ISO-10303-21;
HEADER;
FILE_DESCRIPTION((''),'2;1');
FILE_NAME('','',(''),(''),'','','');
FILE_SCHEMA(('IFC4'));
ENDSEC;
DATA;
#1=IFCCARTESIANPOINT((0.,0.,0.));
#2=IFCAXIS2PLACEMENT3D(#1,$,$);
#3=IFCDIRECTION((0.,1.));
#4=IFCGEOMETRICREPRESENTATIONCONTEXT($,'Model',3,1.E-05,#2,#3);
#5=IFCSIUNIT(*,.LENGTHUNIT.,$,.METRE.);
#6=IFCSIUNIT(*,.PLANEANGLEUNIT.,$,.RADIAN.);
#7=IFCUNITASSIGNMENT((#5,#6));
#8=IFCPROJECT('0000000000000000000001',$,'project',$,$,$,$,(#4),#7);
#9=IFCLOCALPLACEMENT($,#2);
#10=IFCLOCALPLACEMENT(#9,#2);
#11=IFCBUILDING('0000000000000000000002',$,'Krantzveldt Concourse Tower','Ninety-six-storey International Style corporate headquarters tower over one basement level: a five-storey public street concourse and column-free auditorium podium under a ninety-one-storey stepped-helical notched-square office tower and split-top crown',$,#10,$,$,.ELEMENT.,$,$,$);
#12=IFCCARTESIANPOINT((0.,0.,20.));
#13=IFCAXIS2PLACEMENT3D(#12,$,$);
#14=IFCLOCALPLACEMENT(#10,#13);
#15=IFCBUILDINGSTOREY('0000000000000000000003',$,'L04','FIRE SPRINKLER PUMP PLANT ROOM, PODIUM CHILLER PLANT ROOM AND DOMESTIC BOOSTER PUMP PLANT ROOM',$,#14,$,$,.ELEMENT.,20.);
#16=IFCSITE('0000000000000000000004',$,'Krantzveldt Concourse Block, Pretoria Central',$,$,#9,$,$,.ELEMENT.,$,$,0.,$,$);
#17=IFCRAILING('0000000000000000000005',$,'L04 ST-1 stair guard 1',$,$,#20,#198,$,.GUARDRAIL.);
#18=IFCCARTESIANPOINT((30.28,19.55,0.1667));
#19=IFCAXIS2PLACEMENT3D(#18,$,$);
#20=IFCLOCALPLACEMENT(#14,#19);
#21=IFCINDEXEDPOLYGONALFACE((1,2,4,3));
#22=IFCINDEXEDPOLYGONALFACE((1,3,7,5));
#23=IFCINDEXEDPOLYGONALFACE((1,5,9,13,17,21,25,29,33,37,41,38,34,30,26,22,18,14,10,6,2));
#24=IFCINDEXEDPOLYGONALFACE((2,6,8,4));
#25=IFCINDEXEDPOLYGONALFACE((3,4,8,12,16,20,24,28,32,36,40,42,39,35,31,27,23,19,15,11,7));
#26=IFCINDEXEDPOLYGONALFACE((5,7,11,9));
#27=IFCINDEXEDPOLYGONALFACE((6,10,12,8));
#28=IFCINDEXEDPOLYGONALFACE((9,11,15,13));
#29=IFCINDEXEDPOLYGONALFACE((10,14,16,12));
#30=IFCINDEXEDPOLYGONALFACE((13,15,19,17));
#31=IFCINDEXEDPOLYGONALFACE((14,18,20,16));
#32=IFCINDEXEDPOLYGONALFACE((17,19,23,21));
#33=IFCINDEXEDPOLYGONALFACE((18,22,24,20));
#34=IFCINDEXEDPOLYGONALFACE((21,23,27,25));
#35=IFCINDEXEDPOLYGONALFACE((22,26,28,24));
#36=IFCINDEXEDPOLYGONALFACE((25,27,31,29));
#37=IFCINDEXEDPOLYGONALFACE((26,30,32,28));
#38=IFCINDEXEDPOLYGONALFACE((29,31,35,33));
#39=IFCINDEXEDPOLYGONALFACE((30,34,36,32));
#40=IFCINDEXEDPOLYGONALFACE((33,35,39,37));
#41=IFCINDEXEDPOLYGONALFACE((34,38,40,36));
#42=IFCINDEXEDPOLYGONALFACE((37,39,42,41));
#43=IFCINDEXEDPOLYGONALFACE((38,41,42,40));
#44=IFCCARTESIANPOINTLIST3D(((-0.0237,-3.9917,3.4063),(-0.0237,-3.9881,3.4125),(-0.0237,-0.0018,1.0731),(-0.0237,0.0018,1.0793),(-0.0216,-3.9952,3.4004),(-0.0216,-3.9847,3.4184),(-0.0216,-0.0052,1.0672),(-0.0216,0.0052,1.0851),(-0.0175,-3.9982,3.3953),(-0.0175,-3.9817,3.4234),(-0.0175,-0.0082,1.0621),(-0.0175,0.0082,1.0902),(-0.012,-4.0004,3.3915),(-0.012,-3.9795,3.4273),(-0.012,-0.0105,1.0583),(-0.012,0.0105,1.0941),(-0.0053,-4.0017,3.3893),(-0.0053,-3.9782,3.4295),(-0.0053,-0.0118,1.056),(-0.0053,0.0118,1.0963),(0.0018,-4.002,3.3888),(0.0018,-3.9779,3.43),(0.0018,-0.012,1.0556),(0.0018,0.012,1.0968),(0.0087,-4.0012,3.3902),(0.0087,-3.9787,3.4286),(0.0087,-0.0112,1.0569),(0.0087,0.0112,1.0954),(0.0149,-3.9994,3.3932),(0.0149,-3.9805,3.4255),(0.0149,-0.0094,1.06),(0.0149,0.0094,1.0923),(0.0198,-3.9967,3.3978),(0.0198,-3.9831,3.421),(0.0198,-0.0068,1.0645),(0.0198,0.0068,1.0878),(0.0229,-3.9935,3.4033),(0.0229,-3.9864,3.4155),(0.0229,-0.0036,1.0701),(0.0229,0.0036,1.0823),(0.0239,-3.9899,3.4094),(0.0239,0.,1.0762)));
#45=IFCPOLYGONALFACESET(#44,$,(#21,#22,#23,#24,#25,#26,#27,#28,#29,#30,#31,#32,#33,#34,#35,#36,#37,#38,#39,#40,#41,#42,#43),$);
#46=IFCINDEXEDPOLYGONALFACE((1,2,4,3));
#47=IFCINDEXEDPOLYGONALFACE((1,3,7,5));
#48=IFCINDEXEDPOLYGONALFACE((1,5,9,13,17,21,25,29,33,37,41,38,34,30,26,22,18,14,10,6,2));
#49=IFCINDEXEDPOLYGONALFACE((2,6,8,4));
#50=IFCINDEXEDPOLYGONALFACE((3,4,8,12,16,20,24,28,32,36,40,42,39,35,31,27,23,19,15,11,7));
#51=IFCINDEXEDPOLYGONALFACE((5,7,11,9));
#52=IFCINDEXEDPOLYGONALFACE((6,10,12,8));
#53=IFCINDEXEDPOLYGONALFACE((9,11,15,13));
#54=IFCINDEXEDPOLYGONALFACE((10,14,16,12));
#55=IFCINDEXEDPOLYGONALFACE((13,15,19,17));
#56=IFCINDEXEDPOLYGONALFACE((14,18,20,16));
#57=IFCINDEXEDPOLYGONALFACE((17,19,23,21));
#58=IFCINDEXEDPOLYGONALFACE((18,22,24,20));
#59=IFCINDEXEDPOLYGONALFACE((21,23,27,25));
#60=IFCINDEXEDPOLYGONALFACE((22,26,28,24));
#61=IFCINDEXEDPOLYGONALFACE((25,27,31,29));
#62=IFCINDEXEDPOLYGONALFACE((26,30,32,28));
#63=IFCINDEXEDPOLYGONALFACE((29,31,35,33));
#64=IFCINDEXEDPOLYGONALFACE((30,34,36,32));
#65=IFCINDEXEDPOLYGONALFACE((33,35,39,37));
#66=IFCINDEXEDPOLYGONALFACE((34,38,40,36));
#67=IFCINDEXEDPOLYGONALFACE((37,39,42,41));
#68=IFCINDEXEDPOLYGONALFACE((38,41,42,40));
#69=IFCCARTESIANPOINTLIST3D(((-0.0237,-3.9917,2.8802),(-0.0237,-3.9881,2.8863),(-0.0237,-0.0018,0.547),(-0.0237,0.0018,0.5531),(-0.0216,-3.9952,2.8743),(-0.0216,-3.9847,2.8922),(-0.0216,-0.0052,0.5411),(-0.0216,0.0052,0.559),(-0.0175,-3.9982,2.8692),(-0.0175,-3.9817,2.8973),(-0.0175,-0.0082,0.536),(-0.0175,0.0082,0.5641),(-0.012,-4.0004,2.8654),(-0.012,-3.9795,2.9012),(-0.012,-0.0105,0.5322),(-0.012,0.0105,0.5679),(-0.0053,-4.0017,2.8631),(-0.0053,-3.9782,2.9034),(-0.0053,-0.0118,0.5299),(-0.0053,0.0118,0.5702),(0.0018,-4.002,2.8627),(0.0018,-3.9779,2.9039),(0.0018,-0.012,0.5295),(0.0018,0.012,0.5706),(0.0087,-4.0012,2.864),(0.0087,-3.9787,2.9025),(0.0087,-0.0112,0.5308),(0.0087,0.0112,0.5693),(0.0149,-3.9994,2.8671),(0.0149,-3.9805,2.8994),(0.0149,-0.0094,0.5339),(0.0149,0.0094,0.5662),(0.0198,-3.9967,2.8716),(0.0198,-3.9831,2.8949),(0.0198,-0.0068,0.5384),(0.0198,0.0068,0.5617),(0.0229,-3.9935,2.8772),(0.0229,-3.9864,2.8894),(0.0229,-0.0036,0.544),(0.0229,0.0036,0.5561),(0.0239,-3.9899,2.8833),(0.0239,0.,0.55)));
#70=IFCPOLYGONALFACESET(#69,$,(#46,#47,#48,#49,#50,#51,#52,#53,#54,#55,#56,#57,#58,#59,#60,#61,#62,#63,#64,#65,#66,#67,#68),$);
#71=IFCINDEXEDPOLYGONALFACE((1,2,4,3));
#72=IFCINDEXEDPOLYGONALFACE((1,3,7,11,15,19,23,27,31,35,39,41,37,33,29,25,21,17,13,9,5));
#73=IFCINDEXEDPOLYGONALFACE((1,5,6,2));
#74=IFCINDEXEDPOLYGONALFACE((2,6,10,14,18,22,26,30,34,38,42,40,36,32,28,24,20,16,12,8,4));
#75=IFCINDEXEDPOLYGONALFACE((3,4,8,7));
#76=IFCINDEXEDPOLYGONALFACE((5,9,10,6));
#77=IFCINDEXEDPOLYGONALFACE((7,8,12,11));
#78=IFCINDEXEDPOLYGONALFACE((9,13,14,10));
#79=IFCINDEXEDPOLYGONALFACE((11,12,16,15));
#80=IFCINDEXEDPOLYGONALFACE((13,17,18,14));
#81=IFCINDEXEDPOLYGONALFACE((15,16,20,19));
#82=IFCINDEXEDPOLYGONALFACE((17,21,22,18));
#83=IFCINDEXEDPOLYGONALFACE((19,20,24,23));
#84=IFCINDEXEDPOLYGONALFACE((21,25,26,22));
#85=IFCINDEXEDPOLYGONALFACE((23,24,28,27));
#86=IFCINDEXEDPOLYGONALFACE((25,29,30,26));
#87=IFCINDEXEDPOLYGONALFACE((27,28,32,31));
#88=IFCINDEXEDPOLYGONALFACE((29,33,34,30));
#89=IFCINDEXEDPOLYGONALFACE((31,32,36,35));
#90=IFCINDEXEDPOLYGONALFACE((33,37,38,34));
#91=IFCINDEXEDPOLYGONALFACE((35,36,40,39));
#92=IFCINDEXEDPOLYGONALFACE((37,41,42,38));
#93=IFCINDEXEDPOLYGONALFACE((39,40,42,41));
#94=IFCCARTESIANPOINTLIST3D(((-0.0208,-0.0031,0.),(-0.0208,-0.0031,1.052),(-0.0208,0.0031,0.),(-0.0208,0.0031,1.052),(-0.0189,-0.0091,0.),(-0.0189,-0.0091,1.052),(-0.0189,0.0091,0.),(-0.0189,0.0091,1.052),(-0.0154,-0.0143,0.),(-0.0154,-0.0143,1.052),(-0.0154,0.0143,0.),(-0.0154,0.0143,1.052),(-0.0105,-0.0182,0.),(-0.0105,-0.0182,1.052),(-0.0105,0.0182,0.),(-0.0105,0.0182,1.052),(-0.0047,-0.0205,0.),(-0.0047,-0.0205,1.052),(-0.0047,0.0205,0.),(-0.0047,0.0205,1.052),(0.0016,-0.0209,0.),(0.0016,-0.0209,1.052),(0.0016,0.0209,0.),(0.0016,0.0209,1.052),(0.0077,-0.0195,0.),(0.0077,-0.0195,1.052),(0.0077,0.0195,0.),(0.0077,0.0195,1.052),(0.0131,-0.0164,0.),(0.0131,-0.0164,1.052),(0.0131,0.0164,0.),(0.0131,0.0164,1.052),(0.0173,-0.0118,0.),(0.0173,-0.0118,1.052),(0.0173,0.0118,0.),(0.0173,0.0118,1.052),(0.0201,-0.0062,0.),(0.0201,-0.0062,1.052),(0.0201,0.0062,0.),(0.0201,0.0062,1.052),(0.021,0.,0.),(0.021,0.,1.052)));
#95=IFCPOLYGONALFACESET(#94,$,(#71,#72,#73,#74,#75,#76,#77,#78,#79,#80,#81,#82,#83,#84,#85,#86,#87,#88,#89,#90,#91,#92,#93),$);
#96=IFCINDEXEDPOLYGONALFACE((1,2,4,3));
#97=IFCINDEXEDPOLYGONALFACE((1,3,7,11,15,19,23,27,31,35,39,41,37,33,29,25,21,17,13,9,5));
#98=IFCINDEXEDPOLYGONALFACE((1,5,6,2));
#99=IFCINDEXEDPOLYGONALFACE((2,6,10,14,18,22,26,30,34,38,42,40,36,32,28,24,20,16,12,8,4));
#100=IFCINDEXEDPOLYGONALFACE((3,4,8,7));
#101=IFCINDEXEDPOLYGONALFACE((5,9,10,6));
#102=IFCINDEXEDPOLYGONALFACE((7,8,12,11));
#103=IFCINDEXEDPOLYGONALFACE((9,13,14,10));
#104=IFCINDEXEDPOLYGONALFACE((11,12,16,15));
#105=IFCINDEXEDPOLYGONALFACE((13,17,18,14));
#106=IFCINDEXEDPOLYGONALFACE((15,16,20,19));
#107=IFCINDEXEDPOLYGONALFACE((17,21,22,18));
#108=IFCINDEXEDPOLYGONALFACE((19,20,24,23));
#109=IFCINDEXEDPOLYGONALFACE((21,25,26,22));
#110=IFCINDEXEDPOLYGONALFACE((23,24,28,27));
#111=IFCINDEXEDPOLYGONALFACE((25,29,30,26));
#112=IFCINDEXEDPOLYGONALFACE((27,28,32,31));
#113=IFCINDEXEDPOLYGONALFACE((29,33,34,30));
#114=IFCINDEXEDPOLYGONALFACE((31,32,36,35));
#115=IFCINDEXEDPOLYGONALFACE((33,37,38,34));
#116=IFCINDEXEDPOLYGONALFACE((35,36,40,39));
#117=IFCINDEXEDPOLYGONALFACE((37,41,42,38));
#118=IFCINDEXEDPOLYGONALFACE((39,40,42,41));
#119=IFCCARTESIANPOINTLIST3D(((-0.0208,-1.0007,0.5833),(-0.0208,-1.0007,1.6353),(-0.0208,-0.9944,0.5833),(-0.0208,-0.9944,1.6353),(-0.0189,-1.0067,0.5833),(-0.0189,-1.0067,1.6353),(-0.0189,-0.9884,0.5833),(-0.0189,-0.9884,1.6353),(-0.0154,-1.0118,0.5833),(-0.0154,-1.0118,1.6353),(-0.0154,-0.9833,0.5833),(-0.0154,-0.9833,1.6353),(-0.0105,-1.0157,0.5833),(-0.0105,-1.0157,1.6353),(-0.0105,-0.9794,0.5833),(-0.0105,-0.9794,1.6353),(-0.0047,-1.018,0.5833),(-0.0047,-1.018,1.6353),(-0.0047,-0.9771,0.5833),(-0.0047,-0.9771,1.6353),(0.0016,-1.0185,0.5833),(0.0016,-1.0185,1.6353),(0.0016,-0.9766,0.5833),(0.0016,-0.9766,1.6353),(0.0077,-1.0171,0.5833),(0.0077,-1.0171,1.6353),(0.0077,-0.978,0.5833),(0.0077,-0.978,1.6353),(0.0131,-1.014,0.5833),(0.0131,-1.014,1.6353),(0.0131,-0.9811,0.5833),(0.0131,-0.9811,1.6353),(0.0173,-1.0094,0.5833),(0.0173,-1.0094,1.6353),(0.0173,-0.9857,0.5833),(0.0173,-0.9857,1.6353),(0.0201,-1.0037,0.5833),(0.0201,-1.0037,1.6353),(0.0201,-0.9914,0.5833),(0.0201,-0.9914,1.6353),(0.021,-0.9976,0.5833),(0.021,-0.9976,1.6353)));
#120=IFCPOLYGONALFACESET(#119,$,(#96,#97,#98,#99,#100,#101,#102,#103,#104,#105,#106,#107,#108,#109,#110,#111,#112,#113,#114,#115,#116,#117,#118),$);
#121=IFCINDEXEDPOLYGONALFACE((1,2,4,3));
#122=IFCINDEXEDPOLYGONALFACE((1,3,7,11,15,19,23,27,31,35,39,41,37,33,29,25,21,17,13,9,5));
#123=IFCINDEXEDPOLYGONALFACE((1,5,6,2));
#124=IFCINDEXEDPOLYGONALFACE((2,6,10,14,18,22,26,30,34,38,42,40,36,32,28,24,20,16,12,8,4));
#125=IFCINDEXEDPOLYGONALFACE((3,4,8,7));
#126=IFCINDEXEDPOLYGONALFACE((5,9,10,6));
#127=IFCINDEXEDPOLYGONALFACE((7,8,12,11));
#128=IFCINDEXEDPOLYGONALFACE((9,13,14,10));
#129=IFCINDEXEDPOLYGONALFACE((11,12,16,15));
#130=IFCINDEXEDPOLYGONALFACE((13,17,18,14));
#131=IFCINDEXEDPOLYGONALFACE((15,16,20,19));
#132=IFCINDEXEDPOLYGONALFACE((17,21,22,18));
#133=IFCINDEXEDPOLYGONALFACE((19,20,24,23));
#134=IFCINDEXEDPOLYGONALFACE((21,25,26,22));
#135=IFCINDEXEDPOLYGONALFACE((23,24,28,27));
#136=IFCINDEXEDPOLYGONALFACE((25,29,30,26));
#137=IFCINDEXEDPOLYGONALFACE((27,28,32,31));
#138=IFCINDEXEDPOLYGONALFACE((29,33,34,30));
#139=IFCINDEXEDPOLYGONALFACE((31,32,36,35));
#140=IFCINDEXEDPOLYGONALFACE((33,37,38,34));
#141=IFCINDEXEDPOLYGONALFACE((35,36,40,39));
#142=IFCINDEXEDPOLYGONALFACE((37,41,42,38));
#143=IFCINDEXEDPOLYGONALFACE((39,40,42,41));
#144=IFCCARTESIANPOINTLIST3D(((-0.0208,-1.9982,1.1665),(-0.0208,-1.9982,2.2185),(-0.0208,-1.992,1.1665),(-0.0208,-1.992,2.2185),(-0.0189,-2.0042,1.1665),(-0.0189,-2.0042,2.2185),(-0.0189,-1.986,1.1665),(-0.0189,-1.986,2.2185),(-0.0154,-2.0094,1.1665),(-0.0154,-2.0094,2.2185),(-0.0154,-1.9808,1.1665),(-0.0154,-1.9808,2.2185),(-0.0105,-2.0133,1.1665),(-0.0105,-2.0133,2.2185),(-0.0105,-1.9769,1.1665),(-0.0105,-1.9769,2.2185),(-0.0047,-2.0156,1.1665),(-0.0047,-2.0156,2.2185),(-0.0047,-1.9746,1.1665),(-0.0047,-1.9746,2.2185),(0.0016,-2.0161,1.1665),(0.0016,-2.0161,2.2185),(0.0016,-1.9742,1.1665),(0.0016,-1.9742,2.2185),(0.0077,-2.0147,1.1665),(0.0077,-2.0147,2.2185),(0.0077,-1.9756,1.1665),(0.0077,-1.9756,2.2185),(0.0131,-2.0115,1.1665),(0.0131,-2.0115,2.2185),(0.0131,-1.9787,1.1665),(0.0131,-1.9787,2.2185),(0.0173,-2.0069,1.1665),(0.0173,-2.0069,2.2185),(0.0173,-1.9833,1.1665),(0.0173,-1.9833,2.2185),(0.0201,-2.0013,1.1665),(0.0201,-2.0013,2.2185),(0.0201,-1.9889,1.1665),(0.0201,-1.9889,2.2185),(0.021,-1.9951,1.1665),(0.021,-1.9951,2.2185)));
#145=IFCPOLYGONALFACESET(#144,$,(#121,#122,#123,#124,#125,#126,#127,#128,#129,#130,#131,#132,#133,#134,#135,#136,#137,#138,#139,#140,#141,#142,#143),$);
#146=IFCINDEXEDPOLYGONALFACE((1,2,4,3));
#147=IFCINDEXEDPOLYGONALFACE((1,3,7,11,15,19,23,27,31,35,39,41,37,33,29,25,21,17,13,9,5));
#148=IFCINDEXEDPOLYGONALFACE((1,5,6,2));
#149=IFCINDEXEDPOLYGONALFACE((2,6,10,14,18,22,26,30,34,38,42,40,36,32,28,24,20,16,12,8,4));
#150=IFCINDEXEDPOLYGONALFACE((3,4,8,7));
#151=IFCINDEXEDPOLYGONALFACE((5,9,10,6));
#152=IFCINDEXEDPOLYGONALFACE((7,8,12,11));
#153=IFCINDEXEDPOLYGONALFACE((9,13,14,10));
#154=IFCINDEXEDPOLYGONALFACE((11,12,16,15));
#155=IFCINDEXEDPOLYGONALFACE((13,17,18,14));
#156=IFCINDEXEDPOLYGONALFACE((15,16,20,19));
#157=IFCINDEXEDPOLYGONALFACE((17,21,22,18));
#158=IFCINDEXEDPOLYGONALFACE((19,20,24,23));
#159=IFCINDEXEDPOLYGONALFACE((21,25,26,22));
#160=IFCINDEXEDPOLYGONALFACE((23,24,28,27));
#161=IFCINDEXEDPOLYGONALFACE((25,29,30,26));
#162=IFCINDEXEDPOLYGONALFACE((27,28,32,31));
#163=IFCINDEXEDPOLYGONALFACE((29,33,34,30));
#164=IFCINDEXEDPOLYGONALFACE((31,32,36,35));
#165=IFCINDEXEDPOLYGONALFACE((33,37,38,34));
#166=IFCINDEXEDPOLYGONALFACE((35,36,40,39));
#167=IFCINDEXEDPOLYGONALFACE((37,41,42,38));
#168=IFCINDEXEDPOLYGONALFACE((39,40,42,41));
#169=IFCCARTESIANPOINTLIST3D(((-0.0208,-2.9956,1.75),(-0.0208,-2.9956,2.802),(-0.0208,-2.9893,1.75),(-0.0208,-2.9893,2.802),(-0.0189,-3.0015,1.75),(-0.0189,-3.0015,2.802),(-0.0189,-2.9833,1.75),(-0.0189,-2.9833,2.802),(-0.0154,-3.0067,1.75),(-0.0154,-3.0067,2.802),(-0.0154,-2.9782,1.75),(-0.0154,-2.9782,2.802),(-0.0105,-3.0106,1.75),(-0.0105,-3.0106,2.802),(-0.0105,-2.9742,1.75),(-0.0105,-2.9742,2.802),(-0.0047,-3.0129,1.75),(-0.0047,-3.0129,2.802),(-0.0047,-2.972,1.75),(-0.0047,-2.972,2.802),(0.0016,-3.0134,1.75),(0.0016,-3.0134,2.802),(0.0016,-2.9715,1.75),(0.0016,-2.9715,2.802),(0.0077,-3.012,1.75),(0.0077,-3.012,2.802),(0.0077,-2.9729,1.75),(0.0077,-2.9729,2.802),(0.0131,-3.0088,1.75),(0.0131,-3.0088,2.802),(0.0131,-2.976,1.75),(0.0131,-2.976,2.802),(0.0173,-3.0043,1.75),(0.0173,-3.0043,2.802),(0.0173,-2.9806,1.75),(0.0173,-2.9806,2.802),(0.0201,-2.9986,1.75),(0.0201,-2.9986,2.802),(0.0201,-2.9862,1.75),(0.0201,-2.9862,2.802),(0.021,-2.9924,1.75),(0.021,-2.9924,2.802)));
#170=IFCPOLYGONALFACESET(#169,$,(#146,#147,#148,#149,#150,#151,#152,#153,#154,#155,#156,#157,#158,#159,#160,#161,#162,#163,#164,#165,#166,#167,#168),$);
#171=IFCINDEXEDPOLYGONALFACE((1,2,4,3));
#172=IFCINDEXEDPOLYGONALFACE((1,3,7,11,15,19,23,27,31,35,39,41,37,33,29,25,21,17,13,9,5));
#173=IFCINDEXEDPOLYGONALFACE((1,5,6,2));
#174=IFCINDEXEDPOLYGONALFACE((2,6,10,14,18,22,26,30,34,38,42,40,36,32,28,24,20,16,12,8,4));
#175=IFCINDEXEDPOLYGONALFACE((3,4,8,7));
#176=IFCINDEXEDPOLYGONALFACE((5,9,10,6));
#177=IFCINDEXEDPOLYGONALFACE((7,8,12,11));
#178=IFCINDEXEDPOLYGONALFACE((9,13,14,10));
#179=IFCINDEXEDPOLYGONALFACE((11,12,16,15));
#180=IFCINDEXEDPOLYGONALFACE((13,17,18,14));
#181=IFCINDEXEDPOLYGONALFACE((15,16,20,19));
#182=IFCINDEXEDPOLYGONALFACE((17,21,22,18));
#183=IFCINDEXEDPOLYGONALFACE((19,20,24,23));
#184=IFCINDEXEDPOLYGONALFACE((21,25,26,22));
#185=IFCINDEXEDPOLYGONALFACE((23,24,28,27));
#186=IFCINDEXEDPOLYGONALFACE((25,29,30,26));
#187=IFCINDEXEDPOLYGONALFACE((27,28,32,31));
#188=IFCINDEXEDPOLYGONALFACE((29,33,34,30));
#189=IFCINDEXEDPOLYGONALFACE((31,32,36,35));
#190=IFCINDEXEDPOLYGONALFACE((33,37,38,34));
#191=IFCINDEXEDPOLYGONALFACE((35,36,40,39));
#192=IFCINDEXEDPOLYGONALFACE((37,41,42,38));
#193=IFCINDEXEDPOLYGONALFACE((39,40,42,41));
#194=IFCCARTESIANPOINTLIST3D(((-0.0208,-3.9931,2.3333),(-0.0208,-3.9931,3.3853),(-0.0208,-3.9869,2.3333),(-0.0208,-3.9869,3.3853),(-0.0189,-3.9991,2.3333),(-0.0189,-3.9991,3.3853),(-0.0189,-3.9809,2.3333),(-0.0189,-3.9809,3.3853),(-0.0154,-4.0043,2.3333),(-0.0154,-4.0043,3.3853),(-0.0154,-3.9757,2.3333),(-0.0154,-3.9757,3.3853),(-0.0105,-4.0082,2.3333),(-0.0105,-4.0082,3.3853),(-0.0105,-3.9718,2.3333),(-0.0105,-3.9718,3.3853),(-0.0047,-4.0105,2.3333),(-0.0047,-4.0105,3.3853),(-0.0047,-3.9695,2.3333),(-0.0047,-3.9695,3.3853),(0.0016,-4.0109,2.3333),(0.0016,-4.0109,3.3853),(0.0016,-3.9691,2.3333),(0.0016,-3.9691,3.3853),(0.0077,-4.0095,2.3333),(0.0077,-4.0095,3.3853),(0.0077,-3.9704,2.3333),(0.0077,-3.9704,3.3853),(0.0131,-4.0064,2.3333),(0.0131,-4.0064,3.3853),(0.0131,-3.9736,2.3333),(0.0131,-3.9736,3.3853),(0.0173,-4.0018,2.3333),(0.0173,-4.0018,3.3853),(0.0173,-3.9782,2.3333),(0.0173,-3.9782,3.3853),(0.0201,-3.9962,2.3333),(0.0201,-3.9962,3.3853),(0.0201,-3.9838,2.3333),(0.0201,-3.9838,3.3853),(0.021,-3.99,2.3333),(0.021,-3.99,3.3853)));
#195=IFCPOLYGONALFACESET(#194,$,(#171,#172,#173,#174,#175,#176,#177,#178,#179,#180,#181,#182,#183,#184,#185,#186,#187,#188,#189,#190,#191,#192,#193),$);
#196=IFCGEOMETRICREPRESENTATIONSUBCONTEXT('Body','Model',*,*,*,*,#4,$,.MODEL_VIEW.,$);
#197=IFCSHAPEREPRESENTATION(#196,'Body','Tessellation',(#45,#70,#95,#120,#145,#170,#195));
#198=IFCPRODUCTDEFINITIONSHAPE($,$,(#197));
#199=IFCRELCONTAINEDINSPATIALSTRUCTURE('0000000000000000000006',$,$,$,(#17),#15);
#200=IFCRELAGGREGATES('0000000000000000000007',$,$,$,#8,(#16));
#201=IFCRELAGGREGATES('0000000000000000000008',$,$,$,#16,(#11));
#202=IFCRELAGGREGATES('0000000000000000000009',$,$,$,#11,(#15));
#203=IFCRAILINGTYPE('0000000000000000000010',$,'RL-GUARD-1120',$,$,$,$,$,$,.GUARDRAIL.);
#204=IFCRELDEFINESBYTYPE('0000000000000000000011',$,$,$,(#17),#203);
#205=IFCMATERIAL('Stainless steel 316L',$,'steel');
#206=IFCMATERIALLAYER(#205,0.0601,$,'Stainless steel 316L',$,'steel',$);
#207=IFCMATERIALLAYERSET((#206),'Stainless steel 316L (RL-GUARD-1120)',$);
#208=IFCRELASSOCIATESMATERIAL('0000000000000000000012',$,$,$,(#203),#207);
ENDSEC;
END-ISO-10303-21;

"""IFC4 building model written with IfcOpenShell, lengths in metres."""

from ifc_helpers import new_model, si_unit, direction, frame, origin, origin_2d, place, context, subcontext, project, spatial, circle, extrude, material, layer, layer_set, type_object, element, save


model = new_model("IFC4")

# Units and contexts
model_context = context("Model", 3, precision=1e-05, world=origin(), true_north=direction((0.0, 1.0)))
body_context = subcontext(model_context, "Body", "Model", "MODEL_VIEW")
ifc_project = project(units=[si_unit("LENGTHUNIT", "METRE"), si_unit("PLANEANGLEUNIT", "RADIAN")], contexts=[model_context])

# Site, building, storey
site_placement = place(None, origin())
site = spatial("IfcSite", under=ifc_project, at=site_placement, Name="Krantzveldt Concourse Block, Pretoria Central", CompositionType="ELEMENT", RefElevation=0.0)
building_placement = place(site_placement, origin())
building = spatial("IfcBuilding", under=site, at=building_placement, Name="Krantzveldt Concourse Tower", Description="Ninety-six-storey International Style corporate headquarters tower over one basement level: a five-storey public street concourse and column-free auditorium podium under a ninety-one-storey stepped-helical notched-square office tower and split-top crown", CompositionType="ELEMENT")
storey_placement = place(building_placement, frame((0.0, 0.0, 20.0)))
storey = spatial("IfcBuildingStorey", under=building, at=storey_placement, Name="L04", Description="FIRE SPRINKLER PUMP PLANT ROOM, PODIUM CHILLER PLANT ROOM AND DOMESTIC BOOSTER PUMP PLANT ROOM", CompositionType="ELEMENT", Elevation=20.0)

# Shared definitions
ifc_material_1 = material(Name="Stainless steel 316L", Category="steel")

# Railing
ifc_layer_1 = layer(ifc_material_1, 0.0601, Name="Stainless steel 316L", Category="steel")
ifc_layer_set_1 = layer_set([ifc_layer_1], Name="Stainless steel 316L (RL-GUARD-1120)")
railing_type_1 = type_object("IfcRailingType", Name="RL-GUARD-1120", PredefinedType="GUARDRAIL", material=ifc_layer_set_1)
railing_1_placement = place(storey_placement, frame((30.28, 19.55, 0.1667)))
element("IfcRailing", 1, at=railing_1_placement, inside=storey, type_object=railing_type_1, Name="L04 ST-1 stair guard 1", PredefinedType="GUARDRAIL", context=body_context, shape_type="SweptSolid", body=[
    extrude(circle(Radius=0.0239, at=origin_2d()), frame((0.0, 0.0, 1.0762), z_axis=(0.0, -0.863236, 0.5048), x_axis=(1.0, 0.0, 0.0)), (0.0, 0.0, 1.0), 4.6221),
    extrude(circle(Radius=0.0239, at=origin_2d()), frame((0.0, 0.0, 0.55), z_axis=(0.0, -0.863236, 0.5048), x_axis=(1.0, 0.0, 0.0)), (0.0, 0.0, 1.0), 4.6221),
    extrude(circle(Radius=0.021, at=origin_2d()), origin(), (0.0, 0.0, 1.0), 1.052),
    extrude(circle(Radius=0.021, at=origin_2d()), frame((0.0, -0.9976, 0.5833)), (0.0, 0.0, 1.0), 1.052),
    extrude(circle(Radius=0.021, at=origin_2d()), frame((0.0, -1.9951, 1.1665)), (0.0, 0.0, 1.0), 1.052),
    extrude(circle(Radius=0.021, at=origin_2d()), frame((0.0, -2.9924, 1.75)), (0.0, 0.0, 1.0), 1.052),
    extrude(circle(Radius=0.021, at=origin_2d()), frame((0.0, -3.99, 2.3333)), (0.0, 0.0, 1.0), 1.052),
])

save(model, "model.ifc")
